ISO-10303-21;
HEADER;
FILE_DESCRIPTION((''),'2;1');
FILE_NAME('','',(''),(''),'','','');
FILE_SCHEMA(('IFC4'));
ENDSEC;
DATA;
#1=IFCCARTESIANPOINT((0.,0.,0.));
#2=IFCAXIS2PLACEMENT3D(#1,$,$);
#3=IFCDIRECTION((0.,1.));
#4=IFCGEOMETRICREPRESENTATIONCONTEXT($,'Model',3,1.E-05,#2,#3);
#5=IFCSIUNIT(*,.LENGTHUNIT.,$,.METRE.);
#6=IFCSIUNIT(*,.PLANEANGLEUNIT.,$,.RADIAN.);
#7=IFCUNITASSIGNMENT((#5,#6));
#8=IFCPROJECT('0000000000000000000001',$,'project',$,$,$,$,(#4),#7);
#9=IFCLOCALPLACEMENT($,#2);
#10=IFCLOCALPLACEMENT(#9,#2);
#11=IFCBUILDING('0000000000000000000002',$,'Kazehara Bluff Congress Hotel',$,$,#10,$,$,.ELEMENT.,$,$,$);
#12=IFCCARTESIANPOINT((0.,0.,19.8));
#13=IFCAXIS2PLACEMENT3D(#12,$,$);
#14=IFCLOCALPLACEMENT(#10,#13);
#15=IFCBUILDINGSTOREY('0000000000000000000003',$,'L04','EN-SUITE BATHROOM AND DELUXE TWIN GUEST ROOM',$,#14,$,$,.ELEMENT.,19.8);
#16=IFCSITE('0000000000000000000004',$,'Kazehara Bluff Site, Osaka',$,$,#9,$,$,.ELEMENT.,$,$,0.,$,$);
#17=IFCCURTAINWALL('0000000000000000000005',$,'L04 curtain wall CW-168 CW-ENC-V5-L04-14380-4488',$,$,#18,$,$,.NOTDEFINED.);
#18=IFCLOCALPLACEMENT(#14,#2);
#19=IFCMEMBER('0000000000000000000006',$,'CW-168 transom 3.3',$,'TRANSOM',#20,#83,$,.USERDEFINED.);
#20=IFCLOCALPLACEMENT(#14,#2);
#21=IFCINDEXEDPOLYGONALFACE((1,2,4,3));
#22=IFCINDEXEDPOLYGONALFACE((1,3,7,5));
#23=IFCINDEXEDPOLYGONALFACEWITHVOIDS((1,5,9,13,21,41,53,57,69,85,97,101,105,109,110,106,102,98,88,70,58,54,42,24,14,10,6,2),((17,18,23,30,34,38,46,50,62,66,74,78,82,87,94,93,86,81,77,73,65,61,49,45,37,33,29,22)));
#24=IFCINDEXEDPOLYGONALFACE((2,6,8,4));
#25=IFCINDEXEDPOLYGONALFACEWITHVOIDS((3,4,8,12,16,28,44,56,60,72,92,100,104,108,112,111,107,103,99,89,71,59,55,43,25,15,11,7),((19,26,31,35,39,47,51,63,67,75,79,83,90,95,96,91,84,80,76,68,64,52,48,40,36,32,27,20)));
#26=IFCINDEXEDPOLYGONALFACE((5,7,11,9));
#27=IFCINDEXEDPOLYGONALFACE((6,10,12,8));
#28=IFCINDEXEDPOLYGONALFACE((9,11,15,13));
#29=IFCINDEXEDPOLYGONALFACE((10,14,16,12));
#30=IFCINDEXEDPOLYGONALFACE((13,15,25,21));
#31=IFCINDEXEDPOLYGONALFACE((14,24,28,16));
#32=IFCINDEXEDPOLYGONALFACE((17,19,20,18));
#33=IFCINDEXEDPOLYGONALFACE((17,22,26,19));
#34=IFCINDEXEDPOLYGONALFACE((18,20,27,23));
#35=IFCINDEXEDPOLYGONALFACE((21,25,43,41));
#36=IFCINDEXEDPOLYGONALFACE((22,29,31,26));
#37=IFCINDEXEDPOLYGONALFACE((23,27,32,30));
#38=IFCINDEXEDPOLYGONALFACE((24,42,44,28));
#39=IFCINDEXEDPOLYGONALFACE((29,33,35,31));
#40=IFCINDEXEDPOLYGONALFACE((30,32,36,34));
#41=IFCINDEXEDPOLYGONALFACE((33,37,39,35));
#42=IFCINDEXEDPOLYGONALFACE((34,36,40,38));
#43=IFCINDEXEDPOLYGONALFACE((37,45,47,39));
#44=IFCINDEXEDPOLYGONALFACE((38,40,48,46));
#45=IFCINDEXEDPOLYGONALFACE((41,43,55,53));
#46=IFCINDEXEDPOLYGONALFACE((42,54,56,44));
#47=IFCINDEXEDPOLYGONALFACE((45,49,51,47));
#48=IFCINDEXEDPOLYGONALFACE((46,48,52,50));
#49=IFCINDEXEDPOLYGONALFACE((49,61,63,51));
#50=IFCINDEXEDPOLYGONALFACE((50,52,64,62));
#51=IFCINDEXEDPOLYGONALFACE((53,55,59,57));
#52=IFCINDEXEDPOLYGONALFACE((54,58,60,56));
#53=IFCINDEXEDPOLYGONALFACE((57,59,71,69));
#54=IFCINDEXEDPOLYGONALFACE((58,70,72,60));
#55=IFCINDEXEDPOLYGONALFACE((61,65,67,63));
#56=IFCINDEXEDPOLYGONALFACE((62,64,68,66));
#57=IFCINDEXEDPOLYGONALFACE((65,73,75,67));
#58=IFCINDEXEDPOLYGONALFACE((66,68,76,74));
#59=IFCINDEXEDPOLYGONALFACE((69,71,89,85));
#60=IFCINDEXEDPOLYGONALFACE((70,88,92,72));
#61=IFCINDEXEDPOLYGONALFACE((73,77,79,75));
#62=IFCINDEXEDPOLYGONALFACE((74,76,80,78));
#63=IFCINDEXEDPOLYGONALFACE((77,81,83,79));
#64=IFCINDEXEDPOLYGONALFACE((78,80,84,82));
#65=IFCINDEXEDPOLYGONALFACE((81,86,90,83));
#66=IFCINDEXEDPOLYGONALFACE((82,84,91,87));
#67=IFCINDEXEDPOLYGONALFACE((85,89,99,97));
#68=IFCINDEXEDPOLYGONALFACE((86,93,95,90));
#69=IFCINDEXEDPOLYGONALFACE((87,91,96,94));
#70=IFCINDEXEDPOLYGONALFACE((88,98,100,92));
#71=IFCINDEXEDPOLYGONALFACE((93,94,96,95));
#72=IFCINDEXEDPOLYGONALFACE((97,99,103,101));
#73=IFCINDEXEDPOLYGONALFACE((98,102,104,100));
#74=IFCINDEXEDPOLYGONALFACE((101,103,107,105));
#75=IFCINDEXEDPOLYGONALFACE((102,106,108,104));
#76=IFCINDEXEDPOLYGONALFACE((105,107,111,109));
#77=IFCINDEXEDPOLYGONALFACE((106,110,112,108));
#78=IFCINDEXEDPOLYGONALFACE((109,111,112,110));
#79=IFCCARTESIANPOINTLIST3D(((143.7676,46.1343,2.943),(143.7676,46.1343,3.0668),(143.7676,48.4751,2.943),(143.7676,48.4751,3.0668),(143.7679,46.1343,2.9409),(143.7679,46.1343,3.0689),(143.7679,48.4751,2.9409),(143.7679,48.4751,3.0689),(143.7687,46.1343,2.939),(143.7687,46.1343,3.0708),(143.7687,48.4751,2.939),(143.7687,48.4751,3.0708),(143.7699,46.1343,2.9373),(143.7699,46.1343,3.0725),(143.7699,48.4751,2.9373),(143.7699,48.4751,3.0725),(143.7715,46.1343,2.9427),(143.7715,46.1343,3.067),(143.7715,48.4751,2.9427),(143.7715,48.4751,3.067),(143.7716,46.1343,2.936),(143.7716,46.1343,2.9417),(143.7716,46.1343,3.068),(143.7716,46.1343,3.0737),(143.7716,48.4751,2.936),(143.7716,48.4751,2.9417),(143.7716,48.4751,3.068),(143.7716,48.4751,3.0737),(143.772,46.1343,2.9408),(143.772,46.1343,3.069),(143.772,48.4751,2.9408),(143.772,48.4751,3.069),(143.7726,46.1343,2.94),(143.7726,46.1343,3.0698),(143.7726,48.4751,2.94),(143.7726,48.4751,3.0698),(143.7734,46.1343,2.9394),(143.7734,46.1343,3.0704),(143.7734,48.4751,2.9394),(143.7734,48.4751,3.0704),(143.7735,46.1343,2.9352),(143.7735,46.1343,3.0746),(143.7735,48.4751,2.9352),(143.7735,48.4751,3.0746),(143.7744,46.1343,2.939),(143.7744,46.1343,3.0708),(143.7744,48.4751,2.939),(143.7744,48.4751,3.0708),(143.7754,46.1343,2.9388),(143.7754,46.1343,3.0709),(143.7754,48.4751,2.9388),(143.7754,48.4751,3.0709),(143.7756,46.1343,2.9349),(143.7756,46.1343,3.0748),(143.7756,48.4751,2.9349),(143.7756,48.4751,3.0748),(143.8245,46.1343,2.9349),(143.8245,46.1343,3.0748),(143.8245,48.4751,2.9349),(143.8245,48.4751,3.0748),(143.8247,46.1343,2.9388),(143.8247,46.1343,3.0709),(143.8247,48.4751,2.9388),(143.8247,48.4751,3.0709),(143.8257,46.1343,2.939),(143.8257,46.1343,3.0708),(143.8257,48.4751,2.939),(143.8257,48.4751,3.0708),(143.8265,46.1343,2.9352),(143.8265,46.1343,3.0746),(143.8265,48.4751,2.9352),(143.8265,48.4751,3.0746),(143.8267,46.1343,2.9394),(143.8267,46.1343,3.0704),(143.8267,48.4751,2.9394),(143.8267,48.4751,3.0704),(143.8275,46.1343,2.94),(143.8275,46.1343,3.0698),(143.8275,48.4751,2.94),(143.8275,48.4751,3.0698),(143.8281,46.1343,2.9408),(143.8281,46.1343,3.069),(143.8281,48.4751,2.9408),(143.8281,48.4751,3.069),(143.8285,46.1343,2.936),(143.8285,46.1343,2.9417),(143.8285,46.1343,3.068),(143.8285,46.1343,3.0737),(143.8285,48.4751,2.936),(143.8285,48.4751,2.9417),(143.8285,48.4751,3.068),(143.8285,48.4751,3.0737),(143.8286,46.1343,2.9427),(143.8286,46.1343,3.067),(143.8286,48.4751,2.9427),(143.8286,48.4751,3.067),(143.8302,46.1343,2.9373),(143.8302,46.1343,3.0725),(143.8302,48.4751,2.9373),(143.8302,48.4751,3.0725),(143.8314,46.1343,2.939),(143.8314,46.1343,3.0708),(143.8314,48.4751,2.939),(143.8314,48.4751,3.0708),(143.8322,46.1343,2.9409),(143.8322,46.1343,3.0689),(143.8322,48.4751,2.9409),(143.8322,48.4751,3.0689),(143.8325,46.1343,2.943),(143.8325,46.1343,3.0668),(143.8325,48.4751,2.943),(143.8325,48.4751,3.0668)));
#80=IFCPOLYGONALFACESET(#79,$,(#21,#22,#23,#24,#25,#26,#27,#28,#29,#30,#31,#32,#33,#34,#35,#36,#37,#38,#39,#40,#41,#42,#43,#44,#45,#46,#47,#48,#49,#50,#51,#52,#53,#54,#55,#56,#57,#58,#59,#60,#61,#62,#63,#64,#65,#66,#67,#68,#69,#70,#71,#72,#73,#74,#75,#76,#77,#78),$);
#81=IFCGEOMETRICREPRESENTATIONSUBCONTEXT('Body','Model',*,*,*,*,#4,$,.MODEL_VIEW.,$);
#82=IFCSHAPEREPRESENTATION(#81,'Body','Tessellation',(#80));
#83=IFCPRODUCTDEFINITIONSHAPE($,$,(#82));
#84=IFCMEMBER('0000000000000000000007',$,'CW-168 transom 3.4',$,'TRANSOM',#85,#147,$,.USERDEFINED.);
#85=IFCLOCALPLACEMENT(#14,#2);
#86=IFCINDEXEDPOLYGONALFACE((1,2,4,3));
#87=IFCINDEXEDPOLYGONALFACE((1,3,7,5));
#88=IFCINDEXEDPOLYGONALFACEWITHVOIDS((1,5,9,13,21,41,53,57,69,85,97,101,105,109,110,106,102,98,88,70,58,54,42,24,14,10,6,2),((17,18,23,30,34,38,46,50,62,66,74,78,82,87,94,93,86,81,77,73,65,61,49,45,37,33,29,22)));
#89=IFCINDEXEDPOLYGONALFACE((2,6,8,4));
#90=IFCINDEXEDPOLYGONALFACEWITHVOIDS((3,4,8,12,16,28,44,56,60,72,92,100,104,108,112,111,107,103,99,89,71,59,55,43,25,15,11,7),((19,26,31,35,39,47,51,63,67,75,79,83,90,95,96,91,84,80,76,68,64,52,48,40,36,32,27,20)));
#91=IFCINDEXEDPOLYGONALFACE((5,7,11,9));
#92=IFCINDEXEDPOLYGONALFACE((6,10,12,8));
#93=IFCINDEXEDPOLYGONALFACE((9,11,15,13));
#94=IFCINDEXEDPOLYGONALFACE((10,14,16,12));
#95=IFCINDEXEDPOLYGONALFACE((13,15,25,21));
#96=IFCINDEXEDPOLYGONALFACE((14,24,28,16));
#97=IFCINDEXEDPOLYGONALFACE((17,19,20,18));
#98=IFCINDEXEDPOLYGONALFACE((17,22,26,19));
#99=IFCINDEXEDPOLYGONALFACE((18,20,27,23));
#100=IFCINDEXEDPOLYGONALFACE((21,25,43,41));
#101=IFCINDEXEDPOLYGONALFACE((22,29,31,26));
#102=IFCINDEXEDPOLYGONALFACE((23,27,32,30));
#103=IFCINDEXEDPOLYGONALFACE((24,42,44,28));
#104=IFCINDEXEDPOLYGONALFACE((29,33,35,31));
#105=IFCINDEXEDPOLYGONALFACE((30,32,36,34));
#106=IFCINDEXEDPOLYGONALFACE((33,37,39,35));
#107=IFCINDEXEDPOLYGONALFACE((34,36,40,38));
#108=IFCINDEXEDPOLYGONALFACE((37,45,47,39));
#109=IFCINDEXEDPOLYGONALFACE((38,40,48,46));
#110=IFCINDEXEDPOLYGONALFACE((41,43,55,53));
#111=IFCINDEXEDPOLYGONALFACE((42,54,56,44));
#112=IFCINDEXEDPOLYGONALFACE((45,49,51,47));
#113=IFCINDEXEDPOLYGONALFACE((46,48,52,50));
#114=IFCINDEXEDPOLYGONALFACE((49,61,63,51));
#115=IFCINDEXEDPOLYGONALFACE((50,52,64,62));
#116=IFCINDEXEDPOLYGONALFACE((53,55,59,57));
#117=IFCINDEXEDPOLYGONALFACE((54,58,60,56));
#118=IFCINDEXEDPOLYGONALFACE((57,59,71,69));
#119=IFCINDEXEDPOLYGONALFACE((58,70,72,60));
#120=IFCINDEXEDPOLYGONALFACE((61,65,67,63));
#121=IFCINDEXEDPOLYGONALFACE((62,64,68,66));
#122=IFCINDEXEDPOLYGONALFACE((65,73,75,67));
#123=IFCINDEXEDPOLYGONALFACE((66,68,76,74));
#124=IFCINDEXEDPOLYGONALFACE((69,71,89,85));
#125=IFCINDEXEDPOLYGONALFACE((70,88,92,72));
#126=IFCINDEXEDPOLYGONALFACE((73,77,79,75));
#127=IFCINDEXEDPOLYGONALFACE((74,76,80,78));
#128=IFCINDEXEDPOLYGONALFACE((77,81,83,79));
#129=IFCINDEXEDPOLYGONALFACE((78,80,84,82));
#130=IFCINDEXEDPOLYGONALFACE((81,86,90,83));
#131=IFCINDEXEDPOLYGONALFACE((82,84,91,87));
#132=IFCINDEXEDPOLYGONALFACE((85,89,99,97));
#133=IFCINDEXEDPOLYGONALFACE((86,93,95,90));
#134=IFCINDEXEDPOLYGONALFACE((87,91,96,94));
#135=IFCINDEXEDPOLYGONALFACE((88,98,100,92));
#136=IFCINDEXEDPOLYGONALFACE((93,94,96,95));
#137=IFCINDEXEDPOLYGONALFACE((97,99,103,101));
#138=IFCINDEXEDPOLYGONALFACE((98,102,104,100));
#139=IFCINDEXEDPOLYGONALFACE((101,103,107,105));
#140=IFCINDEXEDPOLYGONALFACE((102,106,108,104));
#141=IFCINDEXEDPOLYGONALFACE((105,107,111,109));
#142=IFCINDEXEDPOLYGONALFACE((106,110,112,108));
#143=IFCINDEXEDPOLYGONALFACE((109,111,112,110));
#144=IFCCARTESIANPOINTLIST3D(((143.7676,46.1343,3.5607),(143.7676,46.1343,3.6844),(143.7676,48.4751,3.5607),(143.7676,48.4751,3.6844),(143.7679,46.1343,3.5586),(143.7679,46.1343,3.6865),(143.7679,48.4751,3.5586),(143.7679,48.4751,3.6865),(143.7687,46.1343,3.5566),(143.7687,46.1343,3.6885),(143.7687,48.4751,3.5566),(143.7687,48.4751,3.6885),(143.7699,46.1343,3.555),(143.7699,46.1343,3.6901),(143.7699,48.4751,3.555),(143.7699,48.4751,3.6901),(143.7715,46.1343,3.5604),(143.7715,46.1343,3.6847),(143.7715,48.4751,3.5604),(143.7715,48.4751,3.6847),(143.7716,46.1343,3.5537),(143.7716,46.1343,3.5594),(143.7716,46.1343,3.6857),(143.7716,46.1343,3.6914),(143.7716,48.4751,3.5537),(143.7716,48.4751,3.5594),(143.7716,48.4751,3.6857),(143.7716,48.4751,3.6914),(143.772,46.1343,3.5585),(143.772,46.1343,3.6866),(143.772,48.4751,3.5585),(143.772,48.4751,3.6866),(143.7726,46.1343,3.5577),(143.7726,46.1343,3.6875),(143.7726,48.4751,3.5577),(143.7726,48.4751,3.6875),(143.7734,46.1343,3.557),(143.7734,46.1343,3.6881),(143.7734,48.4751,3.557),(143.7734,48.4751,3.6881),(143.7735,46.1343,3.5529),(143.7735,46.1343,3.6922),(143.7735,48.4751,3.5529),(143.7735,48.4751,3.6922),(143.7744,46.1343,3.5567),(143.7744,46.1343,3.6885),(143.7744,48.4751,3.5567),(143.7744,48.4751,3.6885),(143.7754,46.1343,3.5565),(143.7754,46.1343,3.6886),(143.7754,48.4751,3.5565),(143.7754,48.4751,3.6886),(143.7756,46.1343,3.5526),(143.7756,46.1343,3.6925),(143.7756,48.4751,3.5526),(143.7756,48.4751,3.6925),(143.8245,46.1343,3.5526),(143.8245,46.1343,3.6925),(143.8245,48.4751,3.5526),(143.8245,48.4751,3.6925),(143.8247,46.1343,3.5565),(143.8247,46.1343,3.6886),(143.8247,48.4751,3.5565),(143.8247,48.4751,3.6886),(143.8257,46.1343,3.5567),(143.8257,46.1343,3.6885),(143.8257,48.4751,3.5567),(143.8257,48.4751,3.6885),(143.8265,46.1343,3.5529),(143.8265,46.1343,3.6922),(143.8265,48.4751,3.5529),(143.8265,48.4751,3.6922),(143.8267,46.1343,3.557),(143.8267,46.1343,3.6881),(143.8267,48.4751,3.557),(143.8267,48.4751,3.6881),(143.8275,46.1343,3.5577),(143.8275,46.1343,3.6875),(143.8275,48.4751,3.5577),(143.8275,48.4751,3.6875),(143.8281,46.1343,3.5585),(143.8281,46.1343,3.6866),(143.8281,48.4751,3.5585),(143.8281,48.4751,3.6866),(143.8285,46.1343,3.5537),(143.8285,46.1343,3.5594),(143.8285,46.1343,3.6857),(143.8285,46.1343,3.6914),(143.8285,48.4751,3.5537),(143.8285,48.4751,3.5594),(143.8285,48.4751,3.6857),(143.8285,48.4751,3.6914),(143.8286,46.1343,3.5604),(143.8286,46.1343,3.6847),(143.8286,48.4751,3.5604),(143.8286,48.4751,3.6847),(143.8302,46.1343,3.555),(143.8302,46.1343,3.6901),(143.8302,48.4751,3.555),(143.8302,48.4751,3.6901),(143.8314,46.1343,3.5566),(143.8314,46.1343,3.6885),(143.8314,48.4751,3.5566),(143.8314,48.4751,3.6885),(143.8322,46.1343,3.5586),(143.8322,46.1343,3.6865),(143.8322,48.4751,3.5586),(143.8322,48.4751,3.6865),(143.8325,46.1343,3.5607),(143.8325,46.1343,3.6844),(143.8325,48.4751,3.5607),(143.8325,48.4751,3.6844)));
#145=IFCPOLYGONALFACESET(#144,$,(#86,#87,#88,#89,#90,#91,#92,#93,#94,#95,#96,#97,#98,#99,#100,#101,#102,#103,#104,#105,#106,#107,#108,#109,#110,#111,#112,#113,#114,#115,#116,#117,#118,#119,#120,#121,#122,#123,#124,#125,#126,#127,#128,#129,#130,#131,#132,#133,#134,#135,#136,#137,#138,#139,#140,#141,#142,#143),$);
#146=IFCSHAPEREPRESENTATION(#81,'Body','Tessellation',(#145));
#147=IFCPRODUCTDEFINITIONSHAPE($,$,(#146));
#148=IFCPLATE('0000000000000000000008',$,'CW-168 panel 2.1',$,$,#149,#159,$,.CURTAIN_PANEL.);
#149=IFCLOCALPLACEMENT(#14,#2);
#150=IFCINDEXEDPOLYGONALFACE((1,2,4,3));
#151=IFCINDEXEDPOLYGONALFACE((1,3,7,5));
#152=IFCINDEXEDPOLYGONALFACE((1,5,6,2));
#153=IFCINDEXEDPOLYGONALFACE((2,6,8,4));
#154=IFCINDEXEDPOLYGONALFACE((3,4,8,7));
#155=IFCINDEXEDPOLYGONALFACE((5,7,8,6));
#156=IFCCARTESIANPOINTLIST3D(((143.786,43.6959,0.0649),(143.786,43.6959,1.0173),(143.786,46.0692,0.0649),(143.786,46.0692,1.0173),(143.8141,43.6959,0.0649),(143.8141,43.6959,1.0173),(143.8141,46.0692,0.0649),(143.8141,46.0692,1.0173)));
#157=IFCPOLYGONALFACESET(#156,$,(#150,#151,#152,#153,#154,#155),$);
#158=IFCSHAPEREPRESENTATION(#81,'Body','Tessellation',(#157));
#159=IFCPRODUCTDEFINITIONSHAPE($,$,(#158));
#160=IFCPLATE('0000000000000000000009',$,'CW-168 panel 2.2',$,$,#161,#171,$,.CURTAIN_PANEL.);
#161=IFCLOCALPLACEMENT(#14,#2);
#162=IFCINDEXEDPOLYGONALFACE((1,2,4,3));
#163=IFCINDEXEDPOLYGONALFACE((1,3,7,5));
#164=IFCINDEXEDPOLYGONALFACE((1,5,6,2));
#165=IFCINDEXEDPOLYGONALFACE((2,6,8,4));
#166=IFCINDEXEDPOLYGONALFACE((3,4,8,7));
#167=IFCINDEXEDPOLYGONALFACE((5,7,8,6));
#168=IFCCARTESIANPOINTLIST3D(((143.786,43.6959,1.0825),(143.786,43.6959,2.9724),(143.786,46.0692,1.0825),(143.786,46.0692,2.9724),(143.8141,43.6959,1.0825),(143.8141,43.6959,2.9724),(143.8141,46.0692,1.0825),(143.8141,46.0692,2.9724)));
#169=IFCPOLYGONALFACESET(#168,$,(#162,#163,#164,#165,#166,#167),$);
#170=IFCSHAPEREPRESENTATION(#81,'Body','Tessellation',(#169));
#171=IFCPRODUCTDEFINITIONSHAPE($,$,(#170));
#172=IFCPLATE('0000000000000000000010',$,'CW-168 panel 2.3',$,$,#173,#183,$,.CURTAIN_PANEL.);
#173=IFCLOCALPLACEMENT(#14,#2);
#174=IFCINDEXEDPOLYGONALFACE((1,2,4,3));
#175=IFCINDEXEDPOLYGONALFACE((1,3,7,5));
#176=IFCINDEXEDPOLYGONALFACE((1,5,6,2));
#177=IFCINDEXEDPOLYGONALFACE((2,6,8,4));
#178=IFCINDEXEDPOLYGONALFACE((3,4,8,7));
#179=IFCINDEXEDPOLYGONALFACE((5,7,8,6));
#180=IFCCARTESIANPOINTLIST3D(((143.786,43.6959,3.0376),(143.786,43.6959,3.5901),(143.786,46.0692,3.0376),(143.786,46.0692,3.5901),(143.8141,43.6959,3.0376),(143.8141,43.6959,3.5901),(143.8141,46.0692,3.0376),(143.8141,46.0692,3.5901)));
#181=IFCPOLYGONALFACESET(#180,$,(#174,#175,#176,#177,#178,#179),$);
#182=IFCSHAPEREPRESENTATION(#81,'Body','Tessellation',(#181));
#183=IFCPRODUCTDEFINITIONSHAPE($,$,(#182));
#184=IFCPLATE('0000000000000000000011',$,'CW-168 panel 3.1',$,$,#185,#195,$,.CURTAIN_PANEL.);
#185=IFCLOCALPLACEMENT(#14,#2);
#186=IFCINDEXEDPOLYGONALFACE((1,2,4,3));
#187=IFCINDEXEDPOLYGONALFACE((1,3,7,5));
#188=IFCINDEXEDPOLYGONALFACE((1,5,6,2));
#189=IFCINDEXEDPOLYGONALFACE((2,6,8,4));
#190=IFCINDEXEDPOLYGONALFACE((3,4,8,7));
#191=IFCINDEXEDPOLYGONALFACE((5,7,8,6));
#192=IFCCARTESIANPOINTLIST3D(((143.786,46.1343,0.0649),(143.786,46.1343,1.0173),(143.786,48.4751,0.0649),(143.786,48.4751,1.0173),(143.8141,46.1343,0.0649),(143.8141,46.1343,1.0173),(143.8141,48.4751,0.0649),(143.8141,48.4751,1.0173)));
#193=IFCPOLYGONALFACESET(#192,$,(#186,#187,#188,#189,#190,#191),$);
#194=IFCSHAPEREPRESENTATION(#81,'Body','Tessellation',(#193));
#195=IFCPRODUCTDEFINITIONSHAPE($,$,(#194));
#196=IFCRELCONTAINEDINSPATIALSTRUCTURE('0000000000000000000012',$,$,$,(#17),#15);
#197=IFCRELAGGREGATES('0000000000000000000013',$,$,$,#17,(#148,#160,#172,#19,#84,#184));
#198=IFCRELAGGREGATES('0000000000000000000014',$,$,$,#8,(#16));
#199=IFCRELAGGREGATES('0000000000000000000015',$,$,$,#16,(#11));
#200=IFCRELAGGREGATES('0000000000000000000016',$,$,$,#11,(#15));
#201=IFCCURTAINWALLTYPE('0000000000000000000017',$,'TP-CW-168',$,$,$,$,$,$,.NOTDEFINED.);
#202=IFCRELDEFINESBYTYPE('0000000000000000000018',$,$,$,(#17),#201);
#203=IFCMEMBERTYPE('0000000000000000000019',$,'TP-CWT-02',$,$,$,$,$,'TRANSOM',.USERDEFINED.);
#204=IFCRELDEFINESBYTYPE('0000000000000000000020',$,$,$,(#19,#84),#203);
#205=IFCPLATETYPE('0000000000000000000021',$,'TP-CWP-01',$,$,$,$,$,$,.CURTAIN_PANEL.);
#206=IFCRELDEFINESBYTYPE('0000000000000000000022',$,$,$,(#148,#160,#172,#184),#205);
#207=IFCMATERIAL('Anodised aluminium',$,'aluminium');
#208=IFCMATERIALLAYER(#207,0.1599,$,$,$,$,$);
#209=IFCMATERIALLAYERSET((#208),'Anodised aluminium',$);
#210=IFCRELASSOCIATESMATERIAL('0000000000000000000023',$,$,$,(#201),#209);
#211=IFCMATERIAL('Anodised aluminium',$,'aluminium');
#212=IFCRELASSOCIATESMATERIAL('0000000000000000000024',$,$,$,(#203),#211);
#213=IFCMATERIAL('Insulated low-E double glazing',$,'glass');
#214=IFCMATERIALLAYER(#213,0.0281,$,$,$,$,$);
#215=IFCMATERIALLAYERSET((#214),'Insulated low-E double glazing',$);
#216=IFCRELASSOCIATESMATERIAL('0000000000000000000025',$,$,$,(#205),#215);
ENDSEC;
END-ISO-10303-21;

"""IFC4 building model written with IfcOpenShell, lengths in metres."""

from ifc_helpers import new_model, si_unit, direction, frame, origin, origin_2d, place, context, subcontext, project, spatial, rectangle, hollow_rectangle, extrude, material, layer, layer_set, material_profile, profile_set, type_object, element, aggregate, save


model = new_model("IFC4")

# Units and contexts
model_context = context("Model", 3, precision=1e-05, world=origin(), true_north=direction((0.0, 1.0)))
body_context = subcontext(model_context, "Body", "Model", "MODEL_VIEW")
ifc_project = project(units=[si_unit("LENGTHUNIT", "METRE"), si_unit("PLANEANGLEUNIT", "RADIAN")], contexts=[model_context])

# Site, building, storey
site_placement = place(None, origin())
site = spatial("IfcSite", under=ifc_project, at=site_placement, Name="Kazehara Bluff Site, Osaka", CompositionType="ELEMENT", RefElevation=0.0)
building_placement = place(site_placement, origin())
building = spatial("IfcBuilding", under=site, at=building_placement, Name="Kazehara Bluff Congress Hotel", CompositionType="ELEMENT")
storey_placement = place(building_placement, frame((0.0, 0.0, 19.8)))
storey = spatial("IfcBuildingStorey", under=building, at=storey_placement, Name="L04", Description="EN-SUITE BATHROOM AND DELUXE TWIN GUEST ROOM", CompositionType="ELEMENT", Elevation=19.8)

# Curtain wall
ifc_material_1 = material(Name="Anodised aluminium", Category="aluminium")
ifc_layer_1 = layer(ifc_material_1, 0.1599)
ifc_layer_set_1 = layer_set([ifc_layer_1], Name="Anodised aluminium")
curtain_wall_type_1 = type_object("IfcCurtainWallType", Name="TP-CW-168", PredefinedType="NOTDEFINED", material=ifc_layer_set_1)
curtain_wall_1_placement = place(storey_placement, origin())
curtain_wall_1 = element("IfcCurtainWall", 1, at=curtain_wall_1_placement, inside=storey, type_object=curtain_wall_type_1, Name="L04 curtain wall CW-168 CW-ENC-V5-L04-14380-4488", PredefinedType="NOTDEFINED")

# Members
ifc_material_2 = material(Name="Anodised aluminium", Category="aluminium")
ifc_material_profile_1 = material_profile(ifc_material_2, hollow_rectangle(XDim=0.0649, YDim=0.1399, WallThickness=0.0039, InnerFilletRadius=0.0039, OuterFilletRadius=0.0081, at=origin_2d()))
ifc_profile_set_1 = profile_set([ifc_material_profile_1], Name="Anodised aluminium")
member_type_1 = type_object("IfcMemberType", Name="TP-CWT-02", ElementType="TRANSOM", PredefinedType="USERDEFINED", material=ifc_profile_set_1)
member_1_placement = place(storey_placement, frame((143.8, 46.1343, 3.0049), z_axis=(0.0, 1.0, 0.0), x_axis=(-1.0, 0.0, 0.0)))
member_1 = element("IfcMember", 2, at=member_1_placement, type_object=member_type_1, Name="CW-168 transom 3.3", ObjectType="TRANSOM", PredefinedType="USERDEFINED", context=body_context, shape_type="SweptSolid", body=[
    extrude(hollow_rectangle(XDim=0.0649, YDim=0.1399, WallThickness=0.0039, InnerFilletRadius=0.0039, OuterFilletRadius=0.0081, at=origin_2d()), origin(), (0.0, 0.0, 1.0), 2.3408),
])
member_2_placement = place(storey_placement, frame((143.8, 46.1343, 3.6226), z_axis=(0.0, 1.0, 0.0), x_axis=(-1.0, 0.0, 0.0)))
member_2 = element("IfcMember", 3, at=member_2_placement, type_object=member_type_1, Name="CW-168 transom 3.4", ObjectType="TRANSOM", PredefinedType="USERDEFINED", context=body_context, shape_type="SweptSolid", body=[
    extrude(hollow_rectangle(XDim=0.0649, YDim=0.1399, WallThickness=0.0039, InnerFilletRadius=0.0039, OuterFilletRadius=0.0081, at=origin_2d()), origin(), (0.0, 0.0, 1.0), 2.3408),
])

# Plates
ifc_material_3 = material(Name="Insulated low-E double glazing", Category="glass")
ifc_layer_2 = layer(ifc_material_3, 0.0281)
ifc_layer_set_2 = layer_set([ifc_layer_2], Name="Insulated low-E double glazing")
plate_type_1 = type_object("IfcPlateType", Name="TP-CWP-01", PredefinedType="CURTAIN_PANEL", material=ifc_layer_set_2)
plate_1_placement = place(storey_placement, frame((143.8, 44.8826, 0.0649), z_axis=(0.0, 0.0, 1.0), x_axis=(0.0, 1.0, 0.0)))
plate_1 = element("IfcPlate", 4, at=plate_1_placement, type_object=plate_type_1, Name="CW-168 panel 2.1", PredefinedType="CURTAIN_PANEL", context=body_context, shape_type="SweptSolid", body=[
    extrude(rectangle(XDim=2.3733, YDim=0.0281, at=origin_2d()), origin(), (0.0, 0.0, 1.0), 0.9524),
])
plate_2_placement = place(storey_placement, frame((143.8, 44.8826, 1.0825), z_axis=(0.0, 0.0, 1.0), x_axis=(0.0, 1.0, 0.0)))
plate_2 = element("IfcPlate", 5, at=plate_2_placement, type_object=plate_type_1, Name="CW-168 panel 2.2", PredefinedType="CURTAIN_PANEL", context=body_context, shape_type="SweptSolid", body=[
    extrude(rectangle(XDim=2.3733, YDim=0.0281, at=origin_2d()), origin(), (0.0, 0.0, 1.0), 1.8899),
])
plate_3_placement = place(storey_placement, frame((143.8, 44.8826, 3.0376), z_axis=(0.0, 0.0, 1.0), x_axis=(0.0, 1.0, 0.0)))
plate_3 = element("IfcPlate", 6, at=plate_3_placement, type_object=plate_type_1, Name="CW-168 panel 2.3", PredefinedType="CURTAIN_PANEL", context=body_context, shape_type="SweptSolid", body=[
    extrude(rectangle(XDim=2.3733, YDim=0.0281, at=origin_2d()), origin(), (0.0, 0.0, 1.0), 0.5525),
])
plate_4_placement = place(storey_placement, frame((143.8, 47.3047, 0.0649), z_axis=(0.0, 0.0, 1.0), x_axis=(0.0, 1.0, 0.0)))
plate_4 = element("IfcPlate", 7, at=plate_4_placement, type_object=plate_type_1, Name="CW-168 panel 3.1", PredefinedType="CURTAIN_PANEL", context=body_context, shape_type="SweptSolid", body=[
    extrude(rectangle(XDim=2.3408, YDim=0.0281, at=origin_2d()), origin(), (0.0, 0.0, 1.0), 0.9524),
])
aggregate(curtain_wall_1, [plate_1, plate_2, plate_3, member_1, member_2, plate_4])

save(model, "model.ifc")
